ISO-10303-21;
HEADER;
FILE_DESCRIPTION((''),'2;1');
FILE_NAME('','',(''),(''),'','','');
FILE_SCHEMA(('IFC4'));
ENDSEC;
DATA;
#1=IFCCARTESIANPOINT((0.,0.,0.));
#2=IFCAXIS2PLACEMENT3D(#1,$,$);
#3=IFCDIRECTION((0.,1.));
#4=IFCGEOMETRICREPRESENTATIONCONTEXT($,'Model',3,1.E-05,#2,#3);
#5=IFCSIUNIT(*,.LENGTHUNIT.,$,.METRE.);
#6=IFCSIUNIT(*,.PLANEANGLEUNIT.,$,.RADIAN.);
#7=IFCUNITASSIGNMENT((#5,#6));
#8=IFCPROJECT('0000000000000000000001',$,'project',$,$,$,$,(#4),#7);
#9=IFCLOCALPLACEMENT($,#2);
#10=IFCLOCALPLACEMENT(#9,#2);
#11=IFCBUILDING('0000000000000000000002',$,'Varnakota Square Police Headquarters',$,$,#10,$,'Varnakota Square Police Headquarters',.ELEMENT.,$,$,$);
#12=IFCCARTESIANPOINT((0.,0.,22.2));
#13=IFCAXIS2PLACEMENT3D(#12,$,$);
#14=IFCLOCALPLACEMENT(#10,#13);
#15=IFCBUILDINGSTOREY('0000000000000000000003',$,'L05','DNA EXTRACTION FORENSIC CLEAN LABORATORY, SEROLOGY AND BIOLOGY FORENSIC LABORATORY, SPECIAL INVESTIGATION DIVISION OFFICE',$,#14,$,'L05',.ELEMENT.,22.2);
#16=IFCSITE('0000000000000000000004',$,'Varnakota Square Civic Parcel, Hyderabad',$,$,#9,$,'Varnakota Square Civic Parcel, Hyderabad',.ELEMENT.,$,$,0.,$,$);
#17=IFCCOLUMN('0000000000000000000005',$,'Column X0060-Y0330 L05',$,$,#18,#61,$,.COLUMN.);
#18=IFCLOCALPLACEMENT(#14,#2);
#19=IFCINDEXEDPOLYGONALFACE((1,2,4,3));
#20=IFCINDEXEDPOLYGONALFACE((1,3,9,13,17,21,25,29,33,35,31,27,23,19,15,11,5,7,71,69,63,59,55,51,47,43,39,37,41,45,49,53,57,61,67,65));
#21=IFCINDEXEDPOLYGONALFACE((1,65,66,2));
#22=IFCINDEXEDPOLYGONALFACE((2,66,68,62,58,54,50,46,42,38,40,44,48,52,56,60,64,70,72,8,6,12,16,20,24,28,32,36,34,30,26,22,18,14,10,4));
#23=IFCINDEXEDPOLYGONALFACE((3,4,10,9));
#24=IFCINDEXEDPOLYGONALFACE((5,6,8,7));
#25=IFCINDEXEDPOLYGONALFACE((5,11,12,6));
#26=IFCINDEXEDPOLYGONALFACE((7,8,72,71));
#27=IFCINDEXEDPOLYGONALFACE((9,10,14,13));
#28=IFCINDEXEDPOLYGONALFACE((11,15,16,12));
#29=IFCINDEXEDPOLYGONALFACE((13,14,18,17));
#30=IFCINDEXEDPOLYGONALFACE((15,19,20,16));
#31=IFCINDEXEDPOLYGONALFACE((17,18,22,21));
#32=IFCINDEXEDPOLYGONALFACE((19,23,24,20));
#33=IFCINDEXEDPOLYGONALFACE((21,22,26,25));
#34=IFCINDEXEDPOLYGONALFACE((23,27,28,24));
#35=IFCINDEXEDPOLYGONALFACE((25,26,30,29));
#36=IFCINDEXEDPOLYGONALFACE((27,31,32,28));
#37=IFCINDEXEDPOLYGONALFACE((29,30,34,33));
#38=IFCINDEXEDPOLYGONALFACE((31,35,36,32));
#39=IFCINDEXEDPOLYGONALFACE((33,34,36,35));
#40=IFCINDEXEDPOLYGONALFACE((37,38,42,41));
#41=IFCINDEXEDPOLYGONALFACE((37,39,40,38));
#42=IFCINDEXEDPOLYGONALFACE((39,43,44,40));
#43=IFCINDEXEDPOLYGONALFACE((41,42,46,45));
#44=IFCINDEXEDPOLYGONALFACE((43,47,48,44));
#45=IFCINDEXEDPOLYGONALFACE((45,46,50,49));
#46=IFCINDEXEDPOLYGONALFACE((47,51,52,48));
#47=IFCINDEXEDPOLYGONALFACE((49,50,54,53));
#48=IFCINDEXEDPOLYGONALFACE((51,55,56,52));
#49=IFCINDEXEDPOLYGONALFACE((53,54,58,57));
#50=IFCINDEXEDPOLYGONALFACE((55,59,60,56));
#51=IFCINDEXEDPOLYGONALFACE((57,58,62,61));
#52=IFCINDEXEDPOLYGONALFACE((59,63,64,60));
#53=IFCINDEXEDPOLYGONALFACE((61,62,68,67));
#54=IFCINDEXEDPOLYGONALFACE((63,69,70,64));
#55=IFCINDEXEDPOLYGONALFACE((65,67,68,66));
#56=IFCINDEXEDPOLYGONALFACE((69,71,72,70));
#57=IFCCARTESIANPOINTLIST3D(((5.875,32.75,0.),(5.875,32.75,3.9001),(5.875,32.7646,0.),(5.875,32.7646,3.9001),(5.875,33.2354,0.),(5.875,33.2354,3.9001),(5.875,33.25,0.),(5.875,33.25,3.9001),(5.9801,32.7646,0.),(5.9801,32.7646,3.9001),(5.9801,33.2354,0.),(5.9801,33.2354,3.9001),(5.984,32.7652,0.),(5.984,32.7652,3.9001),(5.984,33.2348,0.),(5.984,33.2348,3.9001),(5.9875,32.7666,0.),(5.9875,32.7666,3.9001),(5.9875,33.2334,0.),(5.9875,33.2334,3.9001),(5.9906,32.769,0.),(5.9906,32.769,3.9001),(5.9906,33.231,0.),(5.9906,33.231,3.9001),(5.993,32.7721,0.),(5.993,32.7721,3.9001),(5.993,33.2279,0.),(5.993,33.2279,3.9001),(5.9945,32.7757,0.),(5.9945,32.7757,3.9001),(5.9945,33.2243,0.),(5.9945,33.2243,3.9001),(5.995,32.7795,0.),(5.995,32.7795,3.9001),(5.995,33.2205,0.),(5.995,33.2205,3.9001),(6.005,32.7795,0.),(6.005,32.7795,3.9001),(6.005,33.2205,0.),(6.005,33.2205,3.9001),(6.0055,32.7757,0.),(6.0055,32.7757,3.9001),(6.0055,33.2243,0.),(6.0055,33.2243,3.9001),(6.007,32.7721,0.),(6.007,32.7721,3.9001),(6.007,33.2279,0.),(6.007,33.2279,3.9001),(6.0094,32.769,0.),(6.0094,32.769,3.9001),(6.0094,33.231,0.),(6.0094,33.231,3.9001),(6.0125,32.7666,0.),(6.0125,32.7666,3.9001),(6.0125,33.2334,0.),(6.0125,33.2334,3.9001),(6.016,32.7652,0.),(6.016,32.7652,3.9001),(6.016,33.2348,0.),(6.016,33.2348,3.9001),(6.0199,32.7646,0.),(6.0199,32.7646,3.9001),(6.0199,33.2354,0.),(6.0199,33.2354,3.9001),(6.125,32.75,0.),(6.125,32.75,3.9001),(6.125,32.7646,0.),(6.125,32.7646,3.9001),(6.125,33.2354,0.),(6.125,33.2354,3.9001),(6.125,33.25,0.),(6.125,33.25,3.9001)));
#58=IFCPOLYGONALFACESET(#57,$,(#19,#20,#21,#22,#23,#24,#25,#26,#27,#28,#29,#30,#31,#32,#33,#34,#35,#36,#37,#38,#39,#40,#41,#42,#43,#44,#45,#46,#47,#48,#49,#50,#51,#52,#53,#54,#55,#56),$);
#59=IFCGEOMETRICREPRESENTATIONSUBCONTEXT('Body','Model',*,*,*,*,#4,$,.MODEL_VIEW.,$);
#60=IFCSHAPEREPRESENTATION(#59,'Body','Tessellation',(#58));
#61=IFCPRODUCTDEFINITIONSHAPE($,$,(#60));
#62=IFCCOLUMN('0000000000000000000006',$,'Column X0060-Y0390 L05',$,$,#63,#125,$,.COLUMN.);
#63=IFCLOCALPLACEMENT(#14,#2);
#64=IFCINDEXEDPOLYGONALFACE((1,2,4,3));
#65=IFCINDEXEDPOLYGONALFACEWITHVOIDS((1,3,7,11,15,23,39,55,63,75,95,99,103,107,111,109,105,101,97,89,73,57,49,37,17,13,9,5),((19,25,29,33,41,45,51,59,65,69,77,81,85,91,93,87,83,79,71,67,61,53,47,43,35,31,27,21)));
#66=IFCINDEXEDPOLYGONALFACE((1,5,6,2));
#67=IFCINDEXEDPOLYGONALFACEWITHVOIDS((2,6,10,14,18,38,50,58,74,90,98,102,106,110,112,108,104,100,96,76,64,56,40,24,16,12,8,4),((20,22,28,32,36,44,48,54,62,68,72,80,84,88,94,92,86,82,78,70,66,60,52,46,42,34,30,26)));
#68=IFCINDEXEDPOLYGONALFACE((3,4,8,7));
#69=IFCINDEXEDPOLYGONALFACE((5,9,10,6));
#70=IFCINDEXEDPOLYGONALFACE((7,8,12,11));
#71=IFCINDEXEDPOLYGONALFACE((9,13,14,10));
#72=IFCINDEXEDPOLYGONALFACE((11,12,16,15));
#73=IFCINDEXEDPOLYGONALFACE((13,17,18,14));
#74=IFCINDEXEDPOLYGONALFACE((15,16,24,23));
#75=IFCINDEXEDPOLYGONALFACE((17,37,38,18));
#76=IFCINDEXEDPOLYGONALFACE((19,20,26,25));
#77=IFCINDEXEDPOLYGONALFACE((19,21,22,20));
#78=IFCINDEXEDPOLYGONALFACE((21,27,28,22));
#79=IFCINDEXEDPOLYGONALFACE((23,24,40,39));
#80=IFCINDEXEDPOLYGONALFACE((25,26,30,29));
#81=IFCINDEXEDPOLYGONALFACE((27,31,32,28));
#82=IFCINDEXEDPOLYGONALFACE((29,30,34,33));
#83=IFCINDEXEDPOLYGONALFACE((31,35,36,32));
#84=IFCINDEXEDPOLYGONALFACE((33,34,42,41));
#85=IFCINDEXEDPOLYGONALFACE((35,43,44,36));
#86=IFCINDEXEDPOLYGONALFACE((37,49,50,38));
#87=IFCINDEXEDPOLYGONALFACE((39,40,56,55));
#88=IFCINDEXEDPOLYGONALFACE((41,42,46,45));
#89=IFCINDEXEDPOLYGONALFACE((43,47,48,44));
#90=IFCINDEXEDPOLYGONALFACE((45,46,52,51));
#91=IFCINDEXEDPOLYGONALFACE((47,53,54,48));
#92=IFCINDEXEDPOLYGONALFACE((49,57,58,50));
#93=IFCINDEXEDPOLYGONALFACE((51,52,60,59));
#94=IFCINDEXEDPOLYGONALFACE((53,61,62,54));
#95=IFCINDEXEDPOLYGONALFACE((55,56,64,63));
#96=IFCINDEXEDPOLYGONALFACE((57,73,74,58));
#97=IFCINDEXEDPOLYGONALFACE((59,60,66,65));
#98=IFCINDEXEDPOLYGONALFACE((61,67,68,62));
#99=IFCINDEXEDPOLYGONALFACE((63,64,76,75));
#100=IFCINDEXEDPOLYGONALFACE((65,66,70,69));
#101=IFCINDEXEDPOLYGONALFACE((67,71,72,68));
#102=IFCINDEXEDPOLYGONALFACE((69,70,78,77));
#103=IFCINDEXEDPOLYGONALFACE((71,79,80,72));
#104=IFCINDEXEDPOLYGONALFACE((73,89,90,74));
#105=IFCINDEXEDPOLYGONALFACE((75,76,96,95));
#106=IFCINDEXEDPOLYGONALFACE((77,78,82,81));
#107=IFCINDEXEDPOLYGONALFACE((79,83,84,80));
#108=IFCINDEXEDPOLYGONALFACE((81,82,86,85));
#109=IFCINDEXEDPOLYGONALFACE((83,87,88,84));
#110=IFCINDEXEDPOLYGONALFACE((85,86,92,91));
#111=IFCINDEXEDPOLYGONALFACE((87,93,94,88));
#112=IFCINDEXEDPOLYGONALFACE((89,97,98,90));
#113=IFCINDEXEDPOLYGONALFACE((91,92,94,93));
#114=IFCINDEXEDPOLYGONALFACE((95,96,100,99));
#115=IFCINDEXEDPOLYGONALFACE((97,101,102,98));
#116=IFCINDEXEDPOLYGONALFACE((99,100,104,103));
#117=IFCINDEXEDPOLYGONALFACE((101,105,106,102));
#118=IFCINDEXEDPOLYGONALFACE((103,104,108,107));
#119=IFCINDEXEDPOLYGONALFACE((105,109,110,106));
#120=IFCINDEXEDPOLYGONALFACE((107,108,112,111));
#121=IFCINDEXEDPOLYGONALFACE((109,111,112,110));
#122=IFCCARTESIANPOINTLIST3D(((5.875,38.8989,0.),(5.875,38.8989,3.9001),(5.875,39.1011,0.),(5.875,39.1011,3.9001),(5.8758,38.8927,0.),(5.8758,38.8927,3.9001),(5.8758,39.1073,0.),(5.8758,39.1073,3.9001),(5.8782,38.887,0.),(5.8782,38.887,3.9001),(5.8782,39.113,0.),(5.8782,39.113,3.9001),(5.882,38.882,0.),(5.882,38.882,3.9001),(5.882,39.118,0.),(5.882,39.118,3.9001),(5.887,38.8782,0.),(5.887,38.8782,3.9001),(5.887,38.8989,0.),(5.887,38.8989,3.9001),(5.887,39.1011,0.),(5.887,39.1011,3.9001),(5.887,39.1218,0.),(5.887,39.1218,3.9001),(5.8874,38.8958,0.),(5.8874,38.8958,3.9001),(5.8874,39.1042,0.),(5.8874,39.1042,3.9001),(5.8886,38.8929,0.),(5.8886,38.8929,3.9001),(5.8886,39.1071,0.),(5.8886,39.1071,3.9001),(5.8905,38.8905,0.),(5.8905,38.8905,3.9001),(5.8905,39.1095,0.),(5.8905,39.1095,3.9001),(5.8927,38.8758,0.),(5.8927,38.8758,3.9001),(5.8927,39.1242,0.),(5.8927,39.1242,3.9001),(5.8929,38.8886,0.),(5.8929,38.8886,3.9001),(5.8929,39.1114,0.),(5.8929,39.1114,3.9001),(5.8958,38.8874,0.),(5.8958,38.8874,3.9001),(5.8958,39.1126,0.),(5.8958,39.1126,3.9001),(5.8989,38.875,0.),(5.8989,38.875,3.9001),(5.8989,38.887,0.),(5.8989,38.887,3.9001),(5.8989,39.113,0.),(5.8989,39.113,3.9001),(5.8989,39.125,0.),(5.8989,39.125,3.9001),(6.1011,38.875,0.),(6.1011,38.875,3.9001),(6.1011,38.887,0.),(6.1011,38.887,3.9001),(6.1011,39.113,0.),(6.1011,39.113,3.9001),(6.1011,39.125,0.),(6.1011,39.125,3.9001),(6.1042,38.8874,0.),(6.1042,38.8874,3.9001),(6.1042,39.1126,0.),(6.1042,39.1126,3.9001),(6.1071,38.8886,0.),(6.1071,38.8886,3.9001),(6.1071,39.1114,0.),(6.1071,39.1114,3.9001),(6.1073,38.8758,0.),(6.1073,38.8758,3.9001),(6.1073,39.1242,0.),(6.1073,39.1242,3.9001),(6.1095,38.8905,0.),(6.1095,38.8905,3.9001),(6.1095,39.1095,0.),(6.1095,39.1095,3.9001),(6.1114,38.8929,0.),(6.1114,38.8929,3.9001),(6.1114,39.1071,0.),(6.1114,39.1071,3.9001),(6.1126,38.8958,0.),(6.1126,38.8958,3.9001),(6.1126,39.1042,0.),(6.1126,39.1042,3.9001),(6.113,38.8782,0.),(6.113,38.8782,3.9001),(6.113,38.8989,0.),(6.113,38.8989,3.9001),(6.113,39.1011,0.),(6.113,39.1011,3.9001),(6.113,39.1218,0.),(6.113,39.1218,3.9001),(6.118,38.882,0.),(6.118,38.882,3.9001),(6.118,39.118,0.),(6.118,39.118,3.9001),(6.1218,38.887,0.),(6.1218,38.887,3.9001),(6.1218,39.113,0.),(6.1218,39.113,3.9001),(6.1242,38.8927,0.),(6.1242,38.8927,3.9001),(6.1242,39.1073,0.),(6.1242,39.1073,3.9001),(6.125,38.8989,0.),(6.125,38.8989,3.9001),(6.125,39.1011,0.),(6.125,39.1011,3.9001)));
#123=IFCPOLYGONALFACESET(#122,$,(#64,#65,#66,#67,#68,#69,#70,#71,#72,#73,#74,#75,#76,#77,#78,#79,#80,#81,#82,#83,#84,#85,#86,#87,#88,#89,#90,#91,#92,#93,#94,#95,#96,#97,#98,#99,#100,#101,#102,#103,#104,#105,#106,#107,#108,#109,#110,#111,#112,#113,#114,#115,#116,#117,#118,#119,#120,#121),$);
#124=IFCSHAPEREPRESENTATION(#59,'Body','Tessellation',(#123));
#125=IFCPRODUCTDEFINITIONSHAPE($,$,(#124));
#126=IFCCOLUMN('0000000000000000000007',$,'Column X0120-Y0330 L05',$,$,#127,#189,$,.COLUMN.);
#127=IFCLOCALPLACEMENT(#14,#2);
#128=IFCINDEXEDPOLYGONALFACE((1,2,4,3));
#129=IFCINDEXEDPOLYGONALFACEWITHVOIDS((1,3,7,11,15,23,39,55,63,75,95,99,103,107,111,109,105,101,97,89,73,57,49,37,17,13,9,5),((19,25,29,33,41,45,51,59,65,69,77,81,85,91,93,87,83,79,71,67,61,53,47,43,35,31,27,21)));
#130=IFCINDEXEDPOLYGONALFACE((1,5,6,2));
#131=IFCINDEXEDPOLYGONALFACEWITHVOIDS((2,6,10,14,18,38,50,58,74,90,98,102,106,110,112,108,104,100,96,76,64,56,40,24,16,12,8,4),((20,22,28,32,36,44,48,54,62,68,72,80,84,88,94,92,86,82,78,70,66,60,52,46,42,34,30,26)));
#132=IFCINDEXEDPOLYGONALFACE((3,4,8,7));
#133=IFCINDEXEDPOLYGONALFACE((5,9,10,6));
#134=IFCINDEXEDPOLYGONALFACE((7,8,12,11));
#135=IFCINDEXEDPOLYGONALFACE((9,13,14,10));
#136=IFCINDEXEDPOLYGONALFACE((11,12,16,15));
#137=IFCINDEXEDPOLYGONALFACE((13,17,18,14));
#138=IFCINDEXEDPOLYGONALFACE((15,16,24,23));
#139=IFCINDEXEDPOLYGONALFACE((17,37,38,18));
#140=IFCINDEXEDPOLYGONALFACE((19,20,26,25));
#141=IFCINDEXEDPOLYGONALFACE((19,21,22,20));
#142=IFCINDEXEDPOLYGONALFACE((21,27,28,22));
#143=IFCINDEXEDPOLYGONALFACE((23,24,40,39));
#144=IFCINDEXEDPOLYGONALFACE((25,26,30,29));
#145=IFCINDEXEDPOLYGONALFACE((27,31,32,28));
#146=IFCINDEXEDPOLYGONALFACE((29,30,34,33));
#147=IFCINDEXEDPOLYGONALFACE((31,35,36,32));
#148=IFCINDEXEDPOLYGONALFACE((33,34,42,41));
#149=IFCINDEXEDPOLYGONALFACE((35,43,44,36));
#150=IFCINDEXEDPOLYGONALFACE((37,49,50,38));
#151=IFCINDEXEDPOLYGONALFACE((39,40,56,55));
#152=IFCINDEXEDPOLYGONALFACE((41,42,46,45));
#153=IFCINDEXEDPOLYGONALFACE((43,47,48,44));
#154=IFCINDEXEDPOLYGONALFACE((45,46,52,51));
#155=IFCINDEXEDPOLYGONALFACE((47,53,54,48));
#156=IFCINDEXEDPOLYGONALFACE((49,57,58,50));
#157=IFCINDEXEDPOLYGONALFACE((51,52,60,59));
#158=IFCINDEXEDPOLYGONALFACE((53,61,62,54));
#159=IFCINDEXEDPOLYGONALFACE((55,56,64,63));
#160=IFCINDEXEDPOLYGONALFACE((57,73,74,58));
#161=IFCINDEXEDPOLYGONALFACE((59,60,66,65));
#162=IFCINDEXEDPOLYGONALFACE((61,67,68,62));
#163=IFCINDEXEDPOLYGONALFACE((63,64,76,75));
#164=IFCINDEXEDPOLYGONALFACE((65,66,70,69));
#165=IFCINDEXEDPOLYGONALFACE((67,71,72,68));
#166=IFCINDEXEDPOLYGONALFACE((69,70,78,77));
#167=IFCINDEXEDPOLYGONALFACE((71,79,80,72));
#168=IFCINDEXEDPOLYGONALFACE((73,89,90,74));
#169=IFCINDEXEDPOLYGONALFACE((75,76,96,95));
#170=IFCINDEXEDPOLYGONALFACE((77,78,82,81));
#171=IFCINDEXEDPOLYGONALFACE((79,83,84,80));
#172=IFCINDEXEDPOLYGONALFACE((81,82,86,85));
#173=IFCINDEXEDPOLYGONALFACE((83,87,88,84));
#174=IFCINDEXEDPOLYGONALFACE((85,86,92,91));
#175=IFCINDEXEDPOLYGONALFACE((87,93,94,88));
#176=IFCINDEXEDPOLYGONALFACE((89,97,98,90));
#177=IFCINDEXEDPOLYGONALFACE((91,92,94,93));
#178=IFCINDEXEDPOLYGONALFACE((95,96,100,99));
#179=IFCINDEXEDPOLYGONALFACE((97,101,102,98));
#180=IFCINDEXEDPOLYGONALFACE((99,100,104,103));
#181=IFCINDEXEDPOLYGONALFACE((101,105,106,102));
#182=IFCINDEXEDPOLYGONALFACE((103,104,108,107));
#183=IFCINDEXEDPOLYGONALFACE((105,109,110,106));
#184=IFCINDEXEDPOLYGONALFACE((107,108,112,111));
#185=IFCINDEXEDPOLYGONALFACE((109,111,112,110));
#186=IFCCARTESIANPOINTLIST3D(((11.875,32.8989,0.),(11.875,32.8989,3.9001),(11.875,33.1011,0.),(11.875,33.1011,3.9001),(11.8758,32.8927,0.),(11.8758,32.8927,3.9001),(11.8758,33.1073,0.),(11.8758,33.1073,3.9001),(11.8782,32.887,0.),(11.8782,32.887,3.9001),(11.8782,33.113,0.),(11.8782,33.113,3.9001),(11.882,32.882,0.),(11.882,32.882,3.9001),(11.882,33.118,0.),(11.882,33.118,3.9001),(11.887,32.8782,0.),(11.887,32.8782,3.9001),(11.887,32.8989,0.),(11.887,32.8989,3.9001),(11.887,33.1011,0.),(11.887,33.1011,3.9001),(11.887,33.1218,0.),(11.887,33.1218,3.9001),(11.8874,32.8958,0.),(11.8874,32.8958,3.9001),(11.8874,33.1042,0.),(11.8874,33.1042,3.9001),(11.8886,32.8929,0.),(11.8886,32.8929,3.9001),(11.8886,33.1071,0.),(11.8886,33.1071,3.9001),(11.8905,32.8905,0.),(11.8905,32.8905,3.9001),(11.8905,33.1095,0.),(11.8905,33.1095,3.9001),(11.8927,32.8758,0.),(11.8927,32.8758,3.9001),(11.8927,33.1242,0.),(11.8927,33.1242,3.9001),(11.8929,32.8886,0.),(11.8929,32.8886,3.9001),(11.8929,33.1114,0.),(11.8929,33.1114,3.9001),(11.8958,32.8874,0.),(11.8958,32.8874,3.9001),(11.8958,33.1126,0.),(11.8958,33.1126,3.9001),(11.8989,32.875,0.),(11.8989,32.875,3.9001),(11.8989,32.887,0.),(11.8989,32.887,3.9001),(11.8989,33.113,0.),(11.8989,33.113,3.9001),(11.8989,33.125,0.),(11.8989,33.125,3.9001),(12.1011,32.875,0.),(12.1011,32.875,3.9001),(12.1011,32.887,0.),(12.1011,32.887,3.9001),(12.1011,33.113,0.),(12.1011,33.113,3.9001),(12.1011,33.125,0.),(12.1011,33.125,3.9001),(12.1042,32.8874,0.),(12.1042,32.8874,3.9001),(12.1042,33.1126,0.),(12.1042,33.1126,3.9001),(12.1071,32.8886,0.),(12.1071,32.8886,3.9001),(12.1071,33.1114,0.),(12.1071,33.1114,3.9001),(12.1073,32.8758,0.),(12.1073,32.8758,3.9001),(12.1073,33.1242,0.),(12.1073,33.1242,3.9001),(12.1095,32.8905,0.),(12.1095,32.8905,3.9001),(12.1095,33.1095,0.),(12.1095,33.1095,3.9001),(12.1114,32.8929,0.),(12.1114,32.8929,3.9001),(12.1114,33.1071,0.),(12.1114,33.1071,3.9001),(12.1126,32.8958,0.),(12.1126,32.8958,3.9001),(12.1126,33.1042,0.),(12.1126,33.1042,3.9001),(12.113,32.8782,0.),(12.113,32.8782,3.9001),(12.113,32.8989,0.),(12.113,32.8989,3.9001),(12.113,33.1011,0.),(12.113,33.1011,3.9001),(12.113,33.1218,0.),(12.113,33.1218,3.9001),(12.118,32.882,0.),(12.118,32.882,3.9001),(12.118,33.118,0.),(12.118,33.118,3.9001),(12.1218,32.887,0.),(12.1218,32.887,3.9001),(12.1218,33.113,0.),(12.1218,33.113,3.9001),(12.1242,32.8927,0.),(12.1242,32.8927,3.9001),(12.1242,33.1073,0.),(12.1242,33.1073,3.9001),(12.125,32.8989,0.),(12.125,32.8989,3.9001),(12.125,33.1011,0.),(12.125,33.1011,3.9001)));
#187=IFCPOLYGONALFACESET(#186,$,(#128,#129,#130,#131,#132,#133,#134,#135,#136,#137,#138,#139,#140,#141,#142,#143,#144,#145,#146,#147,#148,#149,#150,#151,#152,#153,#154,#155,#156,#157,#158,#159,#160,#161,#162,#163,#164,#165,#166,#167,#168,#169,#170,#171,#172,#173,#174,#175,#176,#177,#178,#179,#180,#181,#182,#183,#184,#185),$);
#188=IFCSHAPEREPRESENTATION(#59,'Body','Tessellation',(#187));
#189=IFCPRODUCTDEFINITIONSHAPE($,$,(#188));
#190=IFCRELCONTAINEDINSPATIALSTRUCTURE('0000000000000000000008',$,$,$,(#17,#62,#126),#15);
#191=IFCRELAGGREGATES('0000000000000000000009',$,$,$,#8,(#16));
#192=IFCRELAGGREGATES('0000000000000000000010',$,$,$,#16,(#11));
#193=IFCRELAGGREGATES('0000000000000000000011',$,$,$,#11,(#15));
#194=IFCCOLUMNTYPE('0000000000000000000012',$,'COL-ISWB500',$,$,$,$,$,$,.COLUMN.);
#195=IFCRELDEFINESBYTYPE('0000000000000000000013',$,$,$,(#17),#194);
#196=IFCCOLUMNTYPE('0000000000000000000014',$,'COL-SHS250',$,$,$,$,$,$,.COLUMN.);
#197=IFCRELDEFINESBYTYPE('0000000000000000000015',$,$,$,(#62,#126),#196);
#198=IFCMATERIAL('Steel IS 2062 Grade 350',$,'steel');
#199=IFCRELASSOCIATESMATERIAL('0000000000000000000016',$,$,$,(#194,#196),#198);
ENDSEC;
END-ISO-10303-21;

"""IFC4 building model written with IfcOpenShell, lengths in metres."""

from ifc_helpers import new_model, si_unit, direction, frame, origin, origin_2d, place, context, subcontext, project, spatial, hollow_rectangle, i_section, extrude, material, material_profile, profile_set, type_object, element, save


model = new_model("IFC4")

# Units and contexts
model_context = context("Model", 3, precision=1e-05, world=origin(), true_north=direction((0.0, 1.0)))
body_context = subcontext(model_context, "Body", "Model", "MODEL_VIEW")
ifc_project = project(units=[si_unit("LENGTHUNIT", "METRE"), si_unit("PLANEANGLEUNIT", "RADIAN")], contexts=[model_context])

# Site, building, storey
site_placement = place(None, origin())
site = spatial("IfcSite", under=ifc_project, at=site_placement, Name="Varnakota Square Civic Parcel, Hyderabad", LongName="Varnakota Square Civic Parcel, Hyderabad", CompositionType="ELEMENT", RefElevation=0.0)
building_placement = place(site_placement, origin())
building = spatial("IfcBuilding", under=site, at=building_placement, Name="Varnakota Square Police Headquarters", LongName="Varnakota Square Police Headquarters", CompositionType="ELEMENT")
storey_placement = place(building_placement, frame((0.0, 0.0, 22.2)))
storey = spatial("IfcBuildingStorey", under=building, at=storey_placement, Name="L05", Description="DNA EXTRACTION FORENSIC CLEAN LABORATORY, SEROLOGY AND BIOLOGY FORENSIC LABORATORY, SPECIAL INVESTIGATION DIVISION OFFICE", LongName="L05", CompositionType="ELEMENT", Elevation=22.2)

# Columns
ifc_material_1 = material(Name="Steel IS 2062 Grade 350", Category="steel")
ifc_material_profile_1 = material_profile(ifc_material_1, i_section(OverallWidth=0.25, OverallDepth=0.5, WebThickness=0.01, FlangeThickness=0.0146, FilletRadius=0.0149, at=origin_2d()), Name="ISWB 500")
ifc_profile_set_1 = profile_set([ifc_material_profile_1], Name="Steel IS 2062 Grade 350")
column_type_1 = type_object("IfcColumnType", Name="COL-ISWB500", PredefinedType="COLUMN", material=ifc_profile_set_1)
column_placement = place(storey_placement, frame((6.0, 33.0, 0.0), z_axis=(0.0, 0.0, 1.0), x_axis=(1.0, 0.0, 0.0)))
element("IfcColumn", 1, at=column_placement, inside=storey, type_object=column_type_1, Name="Column X0060-Y0330 L05", PredefinedType="COLUMN", context=body_context, shape_type="SweptSolid", body=[
    extrude(i_section(OverallWidth=0.25, OverallDepth=0.5, WebThickness=0.01, FlangeThickness=0.0146, FilletRadius=0.0149, at=origin_2d()), origin(), (0.0, 0.0, 1.0), 3.9001),
])
ifc_material_profile_2 = material_profile(ifc_material_1, hollow_rectangle(XDim=0.25, YDim=0.25, WallThickness=0.012, InnerFilletRadius=0.012, OuterFilletRadius=0.0239, at=origin_2d()), Name="SHS 250x250x12")
ifc_profile_set_2 = profile_set([ifc_material_profile_2], Name="Steel IS 2062 Grade 350")
column_type_2 = type_object("IfcColumnType", Name="COL-SHS250", PredefinedType="COLUMN", material=ifc_profile_set_2)
for number, where, z_axis, x_axis, name in (
    (2, (6.0, 39.0, 0.0), (0.0, 0.0, 1.0), (1.0, 0.0, 0.0), "Column X0060-Y0390 L05"),
    (3, (12.0, 33.0, 0.0), (0.0, 0.0, 1.0), (1.0, 0.0, 0.0), "Column X0120-Y0330 L05"),
):
    element("IfcColumn", number, at=place(storey_placement, frame(where, z_axis=z_axis, x_axis=x_axis)), inside=storey, type_object=column_type_2, Name=name, PredefinedType="COLUMN", context=body_context, shape_type="SweptSolid", body=[
        extrude(hollow_rectangle(XDim=0.25, YDim=0.25, WallThickness=0.012, InnerFilletRadius=0.012, OuterFilletRadius=0.0239, at=origin_2d()), origin(), (0.0, 0.0, 1.0), 3.9001),
    ])

save(model, "model.ifc")
